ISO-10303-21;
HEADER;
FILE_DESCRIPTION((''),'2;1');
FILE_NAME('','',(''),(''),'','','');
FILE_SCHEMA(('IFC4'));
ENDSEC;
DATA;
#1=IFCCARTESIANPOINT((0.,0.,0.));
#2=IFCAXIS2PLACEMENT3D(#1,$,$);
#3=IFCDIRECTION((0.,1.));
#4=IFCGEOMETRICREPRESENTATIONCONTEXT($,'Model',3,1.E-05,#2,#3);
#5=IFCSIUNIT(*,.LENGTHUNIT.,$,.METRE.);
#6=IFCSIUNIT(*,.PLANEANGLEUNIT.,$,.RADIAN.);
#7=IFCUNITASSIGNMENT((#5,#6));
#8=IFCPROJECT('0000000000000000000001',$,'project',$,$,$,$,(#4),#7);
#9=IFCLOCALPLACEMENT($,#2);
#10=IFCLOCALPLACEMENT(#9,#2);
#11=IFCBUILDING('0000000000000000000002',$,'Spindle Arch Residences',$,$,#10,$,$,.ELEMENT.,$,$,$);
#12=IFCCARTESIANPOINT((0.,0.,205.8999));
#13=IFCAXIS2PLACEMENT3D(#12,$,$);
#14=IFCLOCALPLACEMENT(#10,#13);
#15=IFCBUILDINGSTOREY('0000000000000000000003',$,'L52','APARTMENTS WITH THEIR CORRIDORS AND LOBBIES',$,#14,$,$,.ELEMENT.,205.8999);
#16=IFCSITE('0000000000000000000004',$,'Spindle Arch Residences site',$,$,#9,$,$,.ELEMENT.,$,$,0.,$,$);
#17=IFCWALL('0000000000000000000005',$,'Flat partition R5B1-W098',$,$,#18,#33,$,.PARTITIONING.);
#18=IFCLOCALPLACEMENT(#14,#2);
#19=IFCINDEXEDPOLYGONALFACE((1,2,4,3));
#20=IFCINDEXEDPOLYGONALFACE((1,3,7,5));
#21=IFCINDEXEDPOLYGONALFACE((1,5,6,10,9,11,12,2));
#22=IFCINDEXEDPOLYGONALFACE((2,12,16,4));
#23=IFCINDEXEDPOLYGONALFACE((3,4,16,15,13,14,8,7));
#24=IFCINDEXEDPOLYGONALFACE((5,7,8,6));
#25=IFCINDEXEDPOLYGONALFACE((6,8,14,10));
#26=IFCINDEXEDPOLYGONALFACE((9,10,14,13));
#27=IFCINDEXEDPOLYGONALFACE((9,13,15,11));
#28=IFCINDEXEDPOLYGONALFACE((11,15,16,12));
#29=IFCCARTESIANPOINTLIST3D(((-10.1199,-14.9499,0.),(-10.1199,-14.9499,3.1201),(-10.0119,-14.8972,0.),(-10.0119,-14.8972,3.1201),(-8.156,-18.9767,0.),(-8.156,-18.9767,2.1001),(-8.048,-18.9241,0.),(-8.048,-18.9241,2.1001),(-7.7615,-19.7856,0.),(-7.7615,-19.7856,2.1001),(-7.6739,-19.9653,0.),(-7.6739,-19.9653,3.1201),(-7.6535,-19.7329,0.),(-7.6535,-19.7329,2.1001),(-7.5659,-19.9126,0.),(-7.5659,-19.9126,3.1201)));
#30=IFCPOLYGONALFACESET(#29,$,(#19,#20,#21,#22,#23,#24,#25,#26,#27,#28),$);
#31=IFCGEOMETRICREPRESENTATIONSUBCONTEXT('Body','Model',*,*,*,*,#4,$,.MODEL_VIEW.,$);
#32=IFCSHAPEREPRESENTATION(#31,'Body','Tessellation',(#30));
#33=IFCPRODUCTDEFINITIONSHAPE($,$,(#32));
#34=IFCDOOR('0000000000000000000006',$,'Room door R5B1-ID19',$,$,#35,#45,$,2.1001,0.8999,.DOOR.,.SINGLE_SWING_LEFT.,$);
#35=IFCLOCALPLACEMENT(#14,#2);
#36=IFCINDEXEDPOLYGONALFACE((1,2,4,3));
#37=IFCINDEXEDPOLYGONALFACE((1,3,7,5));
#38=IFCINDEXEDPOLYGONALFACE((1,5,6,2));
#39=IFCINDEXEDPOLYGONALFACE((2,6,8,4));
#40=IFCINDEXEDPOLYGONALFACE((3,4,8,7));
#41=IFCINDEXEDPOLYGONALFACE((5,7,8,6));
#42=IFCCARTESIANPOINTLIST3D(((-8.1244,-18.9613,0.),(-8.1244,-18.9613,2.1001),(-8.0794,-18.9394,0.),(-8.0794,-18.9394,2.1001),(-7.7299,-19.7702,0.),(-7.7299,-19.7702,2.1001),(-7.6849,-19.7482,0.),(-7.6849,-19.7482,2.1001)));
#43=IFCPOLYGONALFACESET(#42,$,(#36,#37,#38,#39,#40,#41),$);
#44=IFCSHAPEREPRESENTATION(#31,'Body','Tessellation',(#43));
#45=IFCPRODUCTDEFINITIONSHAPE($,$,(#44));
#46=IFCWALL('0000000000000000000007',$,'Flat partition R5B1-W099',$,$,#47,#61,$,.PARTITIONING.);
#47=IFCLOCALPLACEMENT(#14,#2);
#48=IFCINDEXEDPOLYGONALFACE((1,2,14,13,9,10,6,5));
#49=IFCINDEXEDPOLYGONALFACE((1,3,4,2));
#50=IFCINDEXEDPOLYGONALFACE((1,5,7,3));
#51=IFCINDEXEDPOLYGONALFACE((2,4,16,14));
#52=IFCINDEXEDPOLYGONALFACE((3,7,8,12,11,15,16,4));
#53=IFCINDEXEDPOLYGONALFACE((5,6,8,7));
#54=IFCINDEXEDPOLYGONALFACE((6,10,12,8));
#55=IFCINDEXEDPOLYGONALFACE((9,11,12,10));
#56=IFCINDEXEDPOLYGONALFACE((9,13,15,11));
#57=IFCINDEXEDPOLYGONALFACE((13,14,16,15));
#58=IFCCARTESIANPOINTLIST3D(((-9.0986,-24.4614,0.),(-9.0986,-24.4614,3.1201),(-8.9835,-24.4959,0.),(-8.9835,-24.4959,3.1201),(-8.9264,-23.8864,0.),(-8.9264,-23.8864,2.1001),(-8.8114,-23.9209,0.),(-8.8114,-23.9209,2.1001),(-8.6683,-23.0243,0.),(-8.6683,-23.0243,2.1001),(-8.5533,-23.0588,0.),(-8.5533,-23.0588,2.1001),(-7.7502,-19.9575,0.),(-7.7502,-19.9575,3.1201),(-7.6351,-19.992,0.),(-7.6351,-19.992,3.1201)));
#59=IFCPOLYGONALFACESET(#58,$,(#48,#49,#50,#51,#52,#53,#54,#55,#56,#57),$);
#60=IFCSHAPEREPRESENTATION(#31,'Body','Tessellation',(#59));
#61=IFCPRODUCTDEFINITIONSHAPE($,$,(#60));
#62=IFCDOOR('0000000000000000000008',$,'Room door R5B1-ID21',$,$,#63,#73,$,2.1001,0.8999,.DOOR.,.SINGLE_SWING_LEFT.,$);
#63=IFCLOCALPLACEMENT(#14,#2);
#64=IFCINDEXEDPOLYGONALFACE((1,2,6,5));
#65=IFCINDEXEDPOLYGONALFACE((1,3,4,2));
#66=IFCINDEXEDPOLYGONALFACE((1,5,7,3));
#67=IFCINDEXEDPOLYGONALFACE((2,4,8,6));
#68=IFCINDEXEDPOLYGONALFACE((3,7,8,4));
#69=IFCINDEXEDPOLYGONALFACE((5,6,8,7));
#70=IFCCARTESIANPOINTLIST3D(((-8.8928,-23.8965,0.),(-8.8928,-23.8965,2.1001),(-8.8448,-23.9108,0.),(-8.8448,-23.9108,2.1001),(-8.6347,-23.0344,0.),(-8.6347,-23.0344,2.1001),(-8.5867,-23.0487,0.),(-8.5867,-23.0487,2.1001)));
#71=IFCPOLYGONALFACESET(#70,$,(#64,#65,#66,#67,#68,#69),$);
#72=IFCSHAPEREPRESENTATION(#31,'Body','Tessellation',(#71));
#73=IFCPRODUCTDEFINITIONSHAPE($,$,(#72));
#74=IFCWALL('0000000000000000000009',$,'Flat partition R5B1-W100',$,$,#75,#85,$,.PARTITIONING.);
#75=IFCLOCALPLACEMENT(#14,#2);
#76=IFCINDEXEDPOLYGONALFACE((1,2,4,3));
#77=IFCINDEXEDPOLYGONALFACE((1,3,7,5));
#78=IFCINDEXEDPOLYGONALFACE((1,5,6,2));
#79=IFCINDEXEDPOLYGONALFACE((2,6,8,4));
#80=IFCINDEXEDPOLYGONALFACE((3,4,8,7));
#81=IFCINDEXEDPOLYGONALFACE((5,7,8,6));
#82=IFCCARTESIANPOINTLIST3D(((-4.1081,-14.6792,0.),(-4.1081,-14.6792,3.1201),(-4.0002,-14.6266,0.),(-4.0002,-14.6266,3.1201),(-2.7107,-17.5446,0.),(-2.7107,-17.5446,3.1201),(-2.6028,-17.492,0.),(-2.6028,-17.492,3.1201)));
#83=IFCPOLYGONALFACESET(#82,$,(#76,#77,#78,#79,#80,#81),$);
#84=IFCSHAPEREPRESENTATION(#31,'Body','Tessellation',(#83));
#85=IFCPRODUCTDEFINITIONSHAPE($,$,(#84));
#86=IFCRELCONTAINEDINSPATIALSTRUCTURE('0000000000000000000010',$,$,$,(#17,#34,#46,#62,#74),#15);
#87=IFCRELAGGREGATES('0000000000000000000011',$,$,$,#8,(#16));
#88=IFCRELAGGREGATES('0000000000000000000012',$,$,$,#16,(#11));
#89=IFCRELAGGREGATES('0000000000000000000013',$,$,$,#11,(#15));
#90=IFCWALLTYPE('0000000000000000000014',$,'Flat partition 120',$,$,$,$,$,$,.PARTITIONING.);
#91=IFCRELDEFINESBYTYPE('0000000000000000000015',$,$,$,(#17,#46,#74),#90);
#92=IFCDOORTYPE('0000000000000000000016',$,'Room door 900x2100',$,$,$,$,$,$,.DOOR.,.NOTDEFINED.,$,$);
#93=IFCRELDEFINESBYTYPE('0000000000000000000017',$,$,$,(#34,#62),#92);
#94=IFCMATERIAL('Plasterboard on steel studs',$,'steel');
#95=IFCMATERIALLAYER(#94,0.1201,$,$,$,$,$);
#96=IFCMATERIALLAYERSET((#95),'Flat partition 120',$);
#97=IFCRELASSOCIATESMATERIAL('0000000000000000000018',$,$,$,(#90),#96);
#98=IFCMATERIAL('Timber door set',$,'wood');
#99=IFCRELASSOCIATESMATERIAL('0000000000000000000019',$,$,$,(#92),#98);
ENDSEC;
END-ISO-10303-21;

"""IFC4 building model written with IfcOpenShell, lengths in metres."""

from ifc_helpers import new_model, si_unit, direction, frame, frame_2d, origin, place, context, subcontext, project, spatial, rectangle, extrude, material, layer, layer_set, type_object, element, fill, save


model = new_model("IFC4")

# Units and contexts
model_context = context("Model", 3, precision=1e-05, world=origin(), true_north=direction((0.0, 1.0)))
body_context = subcontext(model_context, "Body", "Model", "MODEL_VIEW")
ifc_project = project(units=[si_unit("LENGTHUNIT", "METRE"), si_unit("PLANEANGLEUNIT", "RADIAN")], contexts=[model_context])

# Site, building, storey
site_placement = place(None, origin())
site = spatial("IfcSite", under=ifc_project, at=site_placement, Name="Spindle Arch Residences site", CompositionType="ELEMENT", RefElevation=0.0)
building_placement = place(site_placement, origin())
building = spatial("IfcBuilding", under=site, at=building_placement, Name="Spindle Arch Residences", CompositionType="ELEMENT")
storey_placement = place(building_placement, frame((0.0, 0.0, 205.8999)))
storey = spatial("IfcBuildingStorey", under=building, at=storey_placement, Name="L52", Description="APARTMENTS WITH THEIR CORRIDORS AND LOBBIES", CompositionType="ELEMENT", Elevation=205.8999)

# Shared definitions
ifc_material_1 = material(Name="Plasterboard on steel studs", Category="steel")
ifc_layer_1 = layer(ifc_material_1, 0.1201)
ifc_layer_set_1 = layer_set([ifc_layer_1], Name="Flat partition 120")
wall_type = type_object("IfcWallType", Name="Flat partition 120", PredefinedType="PARTITIONING", material=ifc_layer_set_1)

# Walls, openings, doors
ifc_material_2 = material(Name="Timber door set", Category="wood")
door_type = type_object("IfcDoorType", Name="Room door 900x2100", OperationType="NOTDEFINED", PredefinedType="DOOR", material=ifc_material_2)
wall_1_placement = place(storey_placement, frame((-7.6199, -19.939, 0.0), z_axis=(0.0, 0.0, 1.0), x_axis=(-0.438354, 0.898803, 0.0)))
wall_1 = element("IfcWall", 1, at=wall_1_placement, inside=storey, type_object=wall_type, Name="Flat partition R5B1-W098", PredefinedType="PARTITIONING", context=body_context, shape_type="SweptSolid", body=[
    extrude(rectangle(XDim=5.5801, YDim=0.1201, at=frame_2d((2.79, 0.0))), origin(), (0.0, 0.0, 1.0), 3.1201),
])
opening_1_placement = place(wall_1_placement, frame((0.2, 0.0, 0.0)))
opening_1 = element("IfcOpeningElement", 2, at=opening_1_placement, cuts=wall_1, PredefinedType="OPENING", context=body_context, shape_type="SweptSolid", body=[
    extrude(rectangle(XDim=0.8999, YDim=2.1001, at=frame_2d((0.45, 1.05))), frame((0.0, 0.0701, 0.0), z_axis=(0.0, -1.0, 0.0), x_axis=(1.0, 0.0, 0.0)), (0.0, 0.0, 1.0), 0.1401),
])
door_1_placement = place(opening_1_placement, origin())
door_1 = element("IfcDoor", 3, at=door_1_placement, inside=storey, type_object=door_type, Name="Room door R5B1-ID19", OperationType="SINGLE_SWING_LEFT", OverallHeight=2.1001, OverallWidth=0.8999, PredefinedType="DOOR", context=body_context, shape_type="SweptSolid", body=[
    extrude(rectangle(XDim=0.8999, YDim=2.1001, at=frame_2d((0.45, 1.05))), frame((0.0, 0.0249, 0.0), z_axis=(0.0, -1.0, 0.0), x_axis=(1.0, 0.0, 0.0)), (0.0, 0.0, 1.0), 0.05),
])
fill(opening_1, door_1)
wall_2_placement = place(storey_placement, frame((-9.041, -24.4785, 0.0), z_axis=(0.0, 0.0, 1.0), x_axis=(0.286805, 0.957989, 0.0)))
wall_2 = element("IfcWall", 4, at=wall_2_placement, inside=storey, type_object=wall_type, Name="Flat partition R5B1-W099", PredefinedType="PARTITIONING", context=body_context, shape_type="SweptSolid", body=[
    extrude(rectangle(XDim=4.7014, YDim=0.1201, at=frame_2d((2.3506, 0.0))), origin(), (0.0, 0.0, 1.0), 3.1201),
])
opening_2_placement = place(wall_2_placement, frame((0.6001, 0.0, 0.0)))
opening_2 = element("IfcOpeningElement", 5, at=opening_2_placement, cuts=wall_2, PredefinedType="OPENING", context=body_context, shape_type="SweptSolid", body=[
    extrude(rectangle(XDim=0.8999, YDim=2.1001, at=frame_2d((0.45, 1.05))), frame((0.0, 0.0701, 0.0), z_axis=(0.0, -1.0, 0.0), x_axis=(1.0, 0.0, 0.0)), (0.0, 0.0, 1.0), 0.1401),
])
door_2_placement = place(opening_2_placement, origin())
door_2 = element("IfcDoor", 6, at=door_2_placement, inside=storey, type_object=door_type, Name="Room door R5B1-ID21", OperationType="SINGLE_SWING_LEFT", OverallHeight=2.1001, OverallWidth=0.8999, PredefinedType="DOOR", context=body_context, shape_type="SweptSolid", body=[
    extrude(rectangle(XDim=0.8999, YDim=2.1001, at=frame_2d((0.45, 1.05))), frame((0.0, 0.0249, 0.0), z_axis=(0.0, -1.0, 0.0), x_axis=(1.0, 0.0, 0.0)), (0.0, 0.0, 1.0), 0.05),
])
fill(opening_2, door_2)

# Wall
wall_3_placement = place(storey_placement, frame((-2.6567, -17.5183, 0.0), z_axis=(0.0, 0.0, 1.0), x_axis=(-0.438339, 0.89881, 0.0)))
element("IfcWall", 7, at=wall_3_placement, inside=storey, type_object=wall_type, Name="Flat partition R5B1-W100", PredefinedType="PARTITIONING", context=body_context, shape_type="SweptSolid", body=[
    extrude(rectangle(XDim=3.188, YDim=0.1201, at=frame_2d((1.594, 0.0))), origin(), (0.0, 0.0, 1.0), 3.1201),
])

save(model, "model.ifc")
